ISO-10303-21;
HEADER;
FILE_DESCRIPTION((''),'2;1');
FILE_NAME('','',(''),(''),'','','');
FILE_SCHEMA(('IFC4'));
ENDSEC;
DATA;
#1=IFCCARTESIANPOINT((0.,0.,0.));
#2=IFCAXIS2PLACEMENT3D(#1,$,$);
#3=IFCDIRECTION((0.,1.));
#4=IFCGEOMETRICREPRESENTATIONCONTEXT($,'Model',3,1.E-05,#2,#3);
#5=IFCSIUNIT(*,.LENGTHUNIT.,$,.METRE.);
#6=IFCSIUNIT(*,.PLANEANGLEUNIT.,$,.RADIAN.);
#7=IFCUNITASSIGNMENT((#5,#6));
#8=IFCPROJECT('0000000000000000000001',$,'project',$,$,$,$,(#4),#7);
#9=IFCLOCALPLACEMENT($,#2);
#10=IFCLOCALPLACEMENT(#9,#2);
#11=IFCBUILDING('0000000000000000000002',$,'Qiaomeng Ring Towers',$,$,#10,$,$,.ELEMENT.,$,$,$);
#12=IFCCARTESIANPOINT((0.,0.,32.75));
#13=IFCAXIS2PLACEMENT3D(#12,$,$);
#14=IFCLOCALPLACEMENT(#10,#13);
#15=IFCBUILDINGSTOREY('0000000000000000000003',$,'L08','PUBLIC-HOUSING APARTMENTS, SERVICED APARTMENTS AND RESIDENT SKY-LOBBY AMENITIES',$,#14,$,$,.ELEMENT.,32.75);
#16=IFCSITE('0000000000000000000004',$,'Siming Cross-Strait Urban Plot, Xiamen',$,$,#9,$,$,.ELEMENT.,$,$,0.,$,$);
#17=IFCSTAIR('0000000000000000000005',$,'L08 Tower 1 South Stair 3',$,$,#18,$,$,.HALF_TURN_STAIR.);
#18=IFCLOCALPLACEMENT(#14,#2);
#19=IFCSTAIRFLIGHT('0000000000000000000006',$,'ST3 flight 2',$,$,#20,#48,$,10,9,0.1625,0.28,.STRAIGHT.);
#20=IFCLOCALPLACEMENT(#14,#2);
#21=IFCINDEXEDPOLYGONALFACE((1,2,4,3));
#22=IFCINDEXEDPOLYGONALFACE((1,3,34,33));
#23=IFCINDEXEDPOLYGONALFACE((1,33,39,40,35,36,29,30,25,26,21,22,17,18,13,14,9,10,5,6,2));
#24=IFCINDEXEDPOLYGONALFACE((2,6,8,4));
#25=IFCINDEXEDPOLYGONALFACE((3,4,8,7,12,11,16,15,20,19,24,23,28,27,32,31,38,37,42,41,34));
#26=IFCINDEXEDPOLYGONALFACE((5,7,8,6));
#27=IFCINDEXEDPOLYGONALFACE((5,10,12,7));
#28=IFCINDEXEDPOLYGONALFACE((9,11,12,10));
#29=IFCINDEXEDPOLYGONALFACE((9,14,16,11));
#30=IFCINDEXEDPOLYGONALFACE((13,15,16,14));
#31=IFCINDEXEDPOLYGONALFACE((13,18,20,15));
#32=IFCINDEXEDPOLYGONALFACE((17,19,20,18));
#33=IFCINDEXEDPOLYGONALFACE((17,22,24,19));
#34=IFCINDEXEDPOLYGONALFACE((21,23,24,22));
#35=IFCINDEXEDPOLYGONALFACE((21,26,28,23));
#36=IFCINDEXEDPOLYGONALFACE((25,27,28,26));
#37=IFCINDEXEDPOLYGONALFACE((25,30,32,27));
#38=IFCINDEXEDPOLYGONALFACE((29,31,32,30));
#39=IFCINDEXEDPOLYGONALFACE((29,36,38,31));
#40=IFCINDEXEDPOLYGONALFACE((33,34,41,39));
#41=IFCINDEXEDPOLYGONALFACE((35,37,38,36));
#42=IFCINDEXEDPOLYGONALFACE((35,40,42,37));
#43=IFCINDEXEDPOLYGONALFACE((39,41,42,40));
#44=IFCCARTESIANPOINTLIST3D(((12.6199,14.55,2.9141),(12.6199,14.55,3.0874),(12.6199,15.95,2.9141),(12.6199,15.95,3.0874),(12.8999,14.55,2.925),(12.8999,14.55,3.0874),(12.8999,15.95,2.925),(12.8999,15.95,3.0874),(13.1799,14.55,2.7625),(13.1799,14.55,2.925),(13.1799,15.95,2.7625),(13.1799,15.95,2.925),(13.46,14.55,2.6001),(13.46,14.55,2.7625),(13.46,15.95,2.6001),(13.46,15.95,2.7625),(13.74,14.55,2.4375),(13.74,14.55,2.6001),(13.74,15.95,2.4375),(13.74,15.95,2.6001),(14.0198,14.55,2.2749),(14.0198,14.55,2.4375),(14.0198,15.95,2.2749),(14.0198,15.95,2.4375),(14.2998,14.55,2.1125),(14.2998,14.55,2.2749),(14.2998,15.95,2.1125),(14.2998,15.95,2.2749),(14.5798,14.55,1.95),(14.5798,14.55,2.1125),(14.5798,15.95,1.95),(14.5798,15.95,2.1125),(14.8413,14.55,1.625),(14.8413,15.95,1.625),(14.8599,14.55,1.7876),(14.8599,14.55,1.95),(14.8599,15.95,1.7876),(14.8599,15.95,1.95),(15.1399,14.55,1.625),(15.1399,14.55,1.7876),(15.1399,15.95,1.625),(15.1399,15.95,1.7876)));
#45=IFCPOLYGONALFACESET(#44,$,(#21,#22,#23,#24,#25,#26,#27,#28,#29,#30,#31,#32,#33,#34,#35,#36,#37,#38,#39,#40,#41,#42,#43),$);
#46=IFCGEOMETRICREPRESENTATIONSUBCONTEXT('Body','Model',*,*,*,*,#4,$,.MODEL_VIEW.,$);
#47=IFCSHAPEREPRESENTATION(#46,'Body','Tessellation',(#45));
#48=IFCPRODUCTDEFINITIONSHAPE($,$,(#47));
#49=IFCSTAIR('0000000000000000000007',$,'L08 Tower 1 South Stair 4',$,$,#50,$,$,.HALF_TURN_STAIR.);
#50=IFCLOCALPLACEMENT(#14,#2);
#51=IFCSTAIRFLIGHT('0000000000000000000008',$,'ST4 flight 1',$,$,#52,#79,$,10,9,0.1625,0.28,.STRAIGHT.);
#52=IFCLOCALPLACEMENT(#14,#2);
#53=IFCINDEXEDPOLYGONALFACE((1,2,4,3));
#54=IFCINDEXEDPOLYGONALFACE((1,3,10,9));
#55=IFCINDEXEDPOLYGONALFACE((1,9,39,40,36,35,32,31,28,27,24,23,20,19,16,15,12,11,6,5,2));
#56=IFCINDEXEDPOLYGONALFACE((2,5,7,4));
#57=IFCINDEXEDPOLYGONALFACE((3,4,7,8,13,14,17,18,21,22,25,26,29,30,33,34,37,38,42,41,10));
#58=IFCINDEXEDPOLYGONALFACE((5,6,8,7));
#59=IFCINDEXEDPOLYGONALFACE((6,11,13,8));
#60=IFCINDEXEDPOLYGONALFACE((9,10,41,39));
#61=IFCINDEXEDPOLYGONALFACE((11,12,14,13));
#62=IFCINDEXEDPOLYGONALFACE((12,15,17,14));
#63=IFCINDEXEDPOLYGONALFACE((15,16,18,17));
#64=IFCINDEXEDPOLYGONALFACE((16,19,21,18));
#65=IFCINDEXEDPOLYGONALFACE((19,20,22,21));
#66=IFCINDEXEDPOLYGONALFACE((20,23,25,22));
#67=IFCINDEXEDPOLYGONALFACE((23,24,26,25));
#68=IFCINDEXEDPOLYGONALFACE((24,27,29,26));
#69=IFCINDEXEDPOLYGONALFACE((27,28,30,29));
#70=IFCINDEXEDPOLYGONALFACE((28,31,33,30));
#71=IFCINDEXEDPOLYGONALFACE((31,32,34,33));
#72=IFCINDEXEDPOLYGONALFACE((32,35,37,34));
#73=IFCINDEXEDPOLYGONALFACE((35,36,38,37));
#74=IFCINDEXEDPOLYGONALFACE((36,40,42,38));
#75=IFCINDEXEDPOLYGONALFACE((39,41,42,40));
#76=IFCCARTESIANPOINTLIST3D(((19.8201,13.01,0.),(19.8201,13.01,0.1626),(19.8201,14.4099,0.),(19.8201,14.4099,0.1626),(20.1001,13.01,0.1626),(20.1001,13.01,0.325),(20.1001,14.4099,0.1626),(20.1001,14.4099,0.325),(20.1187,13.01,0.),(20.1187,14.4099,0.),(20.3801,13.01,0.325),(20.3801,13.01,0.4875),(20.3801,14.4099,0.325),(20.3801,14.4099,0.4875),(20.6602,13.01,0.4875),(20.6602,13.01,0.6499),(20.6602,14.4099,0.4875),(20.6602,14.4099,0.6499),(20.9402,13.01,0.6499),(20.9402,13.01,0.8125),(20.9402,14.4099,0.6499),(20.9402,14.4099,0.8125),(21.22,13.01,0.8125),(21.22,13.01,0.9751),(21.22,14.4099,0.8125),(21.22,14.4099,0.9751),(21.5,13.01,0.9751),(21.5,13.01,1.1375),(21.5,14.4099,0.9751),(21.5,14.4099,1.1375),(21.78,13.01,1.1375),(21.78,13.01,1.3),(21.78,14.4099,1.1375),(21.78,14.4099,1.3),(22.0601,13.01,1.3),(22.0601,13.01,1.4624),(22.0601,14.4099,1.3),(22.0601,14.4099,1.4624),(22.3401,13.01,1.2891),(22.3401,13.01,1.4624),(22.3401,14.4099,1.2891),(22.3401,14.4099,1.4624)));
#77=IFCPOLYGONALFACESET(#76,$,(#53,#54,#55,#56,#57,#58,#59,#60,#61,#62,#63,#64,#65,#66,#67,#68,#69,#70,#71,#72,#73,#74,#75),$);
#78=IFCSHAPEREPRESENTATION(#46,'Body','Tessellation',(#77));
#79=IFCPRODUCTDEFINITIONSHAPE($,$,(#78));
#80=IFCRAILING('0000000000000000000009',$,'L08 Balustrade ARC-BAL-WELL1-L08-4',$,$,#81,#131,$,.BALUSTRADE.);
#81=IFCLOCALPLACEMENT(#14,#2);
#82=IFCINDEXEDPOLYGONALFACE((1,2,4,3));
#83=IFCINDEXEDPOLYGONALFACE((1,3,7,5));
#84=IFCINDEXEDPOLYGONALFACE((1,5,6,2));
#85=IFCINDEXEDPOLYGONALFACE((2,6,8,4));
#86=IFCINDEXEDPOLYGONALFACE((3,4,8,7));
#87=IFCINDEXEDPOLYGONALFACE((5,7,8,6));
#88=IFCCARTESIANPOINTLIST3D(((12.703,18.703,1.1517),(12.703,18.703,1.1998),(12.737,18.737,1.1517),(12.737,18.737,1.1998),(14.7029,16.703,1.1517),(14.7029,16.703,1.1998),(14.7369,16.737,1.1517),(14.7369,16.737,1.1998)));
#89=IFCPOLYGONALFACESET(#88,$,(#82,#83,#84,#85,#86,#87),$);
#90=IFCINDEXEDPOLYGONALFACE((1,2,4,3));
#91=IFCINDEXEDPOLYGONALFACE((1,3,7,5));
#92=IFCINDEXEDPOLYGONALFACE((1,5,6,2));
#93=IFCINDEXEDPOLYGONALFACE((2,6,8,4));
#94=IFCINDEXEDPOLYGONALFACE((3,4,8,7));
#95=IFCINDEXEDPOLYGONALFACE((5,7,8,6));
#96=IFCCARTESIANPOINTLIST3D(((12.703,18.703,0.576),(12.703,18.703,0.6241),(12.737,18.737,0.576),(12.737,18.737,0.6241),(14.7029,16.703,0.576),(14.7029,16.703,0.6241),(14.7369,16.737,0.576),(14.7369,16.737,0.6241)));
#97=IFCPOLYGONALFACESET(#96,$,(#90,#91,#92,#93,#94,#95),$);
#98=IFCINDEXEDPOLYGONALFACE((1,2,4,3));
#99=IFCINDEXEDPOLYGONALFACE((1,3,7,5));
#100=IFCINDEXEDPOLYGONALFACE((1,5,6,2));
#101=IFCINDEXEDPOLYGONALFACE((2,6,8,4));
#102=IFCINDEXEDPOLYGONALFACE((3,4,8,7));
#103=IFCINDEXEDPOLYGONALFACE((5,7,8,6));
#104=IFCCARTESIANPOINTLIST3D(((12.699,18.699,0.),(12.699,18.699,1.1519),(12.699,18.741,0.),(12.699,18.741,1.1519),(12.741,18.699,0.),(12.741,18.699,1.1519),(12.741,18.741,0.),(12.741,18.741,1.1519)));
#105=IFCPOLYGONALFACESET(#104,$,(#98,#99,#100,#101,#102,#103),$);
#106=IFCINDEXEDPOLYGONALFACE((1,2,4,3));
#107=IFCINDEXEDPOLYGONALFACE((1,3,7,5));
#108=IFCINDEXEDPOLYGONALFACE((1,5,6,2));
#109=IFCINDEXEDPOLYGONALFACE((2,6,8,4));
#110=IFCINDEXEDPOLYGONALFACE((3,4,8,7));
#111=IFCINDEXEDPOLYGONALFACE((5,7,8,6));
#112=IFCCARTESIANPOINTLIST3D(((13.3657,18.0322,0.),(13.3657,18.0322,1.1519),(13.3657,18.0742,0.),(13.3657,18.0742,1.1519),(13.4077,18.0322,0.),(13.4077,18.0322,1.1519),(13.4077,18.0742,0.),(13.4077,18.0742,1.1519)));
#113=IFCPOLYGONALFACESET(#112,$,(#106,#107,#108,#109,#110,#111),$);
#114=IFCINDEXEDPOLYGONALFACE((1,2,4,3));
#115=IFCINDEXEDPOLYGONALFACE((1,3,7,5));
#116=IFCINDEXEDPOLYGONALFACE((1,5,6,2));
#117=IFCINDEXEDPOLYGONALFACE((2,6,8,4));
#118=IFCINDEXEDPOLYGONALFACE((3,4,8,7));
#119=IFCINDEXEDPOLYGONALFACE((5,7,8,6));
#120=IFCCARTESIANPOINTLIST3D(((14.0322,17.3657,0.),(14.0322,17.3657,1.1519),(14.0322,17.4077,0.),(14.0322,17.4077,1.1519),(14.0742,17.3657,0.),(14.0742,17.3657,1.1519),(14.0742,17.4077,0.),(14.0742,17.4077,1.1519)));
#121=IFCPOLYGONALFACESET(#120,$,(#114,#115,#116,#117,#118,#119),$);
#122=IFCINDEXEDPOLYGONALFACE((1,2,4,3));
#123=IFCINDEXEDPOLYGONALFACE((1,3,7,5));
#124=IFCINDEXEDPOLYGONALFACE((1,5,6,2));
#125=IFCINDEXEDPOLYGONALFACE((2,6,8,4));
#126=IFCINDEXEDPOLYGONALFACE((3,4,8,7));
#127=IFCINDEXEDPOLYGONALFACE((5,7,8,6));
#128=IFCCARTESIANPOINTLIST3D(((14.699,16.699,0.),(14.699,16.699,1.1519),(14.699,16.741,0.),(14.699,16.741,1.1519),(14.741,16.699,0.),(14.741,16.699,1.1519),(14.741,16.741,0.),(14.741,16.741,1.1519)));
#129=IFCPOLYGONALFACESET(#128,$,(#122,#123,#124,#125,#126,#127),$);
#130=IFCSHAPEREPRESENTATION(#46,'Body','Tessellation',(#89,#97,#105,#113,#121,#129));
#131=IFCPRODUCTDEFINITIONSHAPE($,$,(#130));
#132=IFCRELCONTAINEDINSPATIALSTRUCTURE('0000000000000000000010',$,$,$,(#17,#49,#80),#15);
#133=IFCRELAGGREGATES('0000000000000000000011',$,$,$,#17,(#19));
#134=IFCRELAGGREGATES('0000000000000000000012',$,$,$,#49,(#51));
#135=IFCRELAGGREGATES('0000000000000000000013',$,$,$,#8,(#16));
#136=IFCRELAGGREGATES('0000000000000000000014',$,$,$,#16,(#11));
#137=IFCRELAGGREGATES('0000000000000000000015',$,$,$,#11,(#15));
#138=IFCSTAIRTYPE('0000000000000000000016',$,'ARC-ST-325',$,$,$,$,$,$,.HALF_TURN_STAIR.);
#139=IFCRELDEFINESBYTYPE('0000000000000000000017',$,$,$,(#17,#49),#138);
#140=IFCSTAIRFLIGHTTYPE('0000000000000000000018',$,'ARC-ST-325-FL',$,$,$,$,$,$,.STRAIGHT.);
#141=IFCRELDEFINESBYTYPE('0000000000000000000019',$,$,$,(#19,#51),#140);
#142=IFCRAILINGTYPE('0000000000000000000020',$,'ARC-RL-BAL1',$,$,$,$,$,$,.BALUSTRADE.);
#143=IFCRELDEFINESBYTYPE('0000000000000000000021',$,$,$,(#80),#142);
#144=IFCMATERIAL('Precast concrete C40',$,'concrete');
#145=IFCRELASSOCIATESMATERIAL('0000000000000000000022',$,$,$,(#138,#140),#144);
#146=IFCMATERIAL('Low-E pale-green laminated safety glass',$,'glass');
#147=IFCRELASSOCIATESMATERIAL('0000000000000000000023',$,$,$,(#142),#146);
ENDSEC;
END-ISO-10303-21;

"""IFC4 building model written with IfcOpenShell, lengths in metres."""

from ifc_helpers import new_model, si_unit, direction, frame, origin, origin_2d, place, context, subcontext, project, spatial, polyline, rectangle, outline, extrude, source, transform, mapped, material, type_object, element, aggregate, save


model = new_model("IFC4")

# Units and contexts
model_context = context("Model", 3, precision=1e-05, world=origin(), true_north=direction((0.0, 1.0)))
body_context = subcontext(model_context, "Body", "Model", "MODEL_VIEW")
ifc_project = project(units=[si_unit("LENGTHUNIT", "METRE"), si_unit("PLANEANGLEUNIT", "RADIAN")], contexts=[model_context])

# Site, building, storey
site_placement = place(None, origin())
site = spatial("IfcSite", under=ifc_project, at=site_placement, Name="Siming Cross-Strait Urban Plot, Xiamen", CompositionType="ELEMENT", RefElevation=0.0)
building_placement = place(site_placement, origin())
building = spatial("IfcBuilding", under=site, at=building_placement, Name="Qiaomeng Ring Towers", CompositionType="ELEMENT")
storey_placement = place(building_placement, frame((0.0, 0.0, 32.75)))
storey = spatial("IfcBuildingStorey", under=building, at=storey_placement, Name="L08", Description="PUBLIC-HOUSING APARTMENTS, SERVICED APARTMENTS AND RESIDENT SKY-LOBBY AMENITIES", CompositionType="ELEMENT", Elevation=32.75)

# Stairs, stair flights
ifc_material_1 = material(Name="Precast concrete C40", Category="concrete")
stair_type = type_object("IfcStairType", Name="ARC-ST-325", PredefinedType="HALF_TURN_STAIR", material=ifc_material_1)
stair_1_placement = place(storey_placement, origin())
stair_1 = element("IfcStair", 1, at=stair_1_placement, inside=storey, type_object=stair_type, Name="L08 Tower 1 South Stair 3", PredefinedType="HALF_TURN_STAIR")
stair_flight_type = type_object("IfcStairFlightType", Name="ARC-ST-325-FL", PredefinedType="STRAIGHT", material=ifc_material_1)
shared_shape_1 = source(origin(), body_context, "Body", "SweptSolid", [
    extrude(outline(polyline([(0.0, 0.0), (0.0, 0.1626), (0.28, 0.1626), (0.28, 0.325), (0.5601, 0.325), (0.5601, 0.4875), (0.8401, 0.4875), (0.8401, 0.6499), (1.1201, 0.6499), (1.1201, 0.8125), (1.3999, 0.8125), (1.3999, 0.9751), (1.6799, 0.9751), (1.6799, 1.1375), (1.96, 1.1375), (1.96, 1.3), (2.24, 1.3), (2.24, 1.4624), (2.52, 1.4624), (2.52, 1.625), (2.52, 1.2891), (0.2986, 0.0), (0.0, 0.0)])), frame((0.0, 0.7, 0.0), z_axis=(0.0, -1.0, 0.0), x_axis=(1.0, 0.0, 0.0)), (0.0, 0.0, 1.0), 1.3999),
])
stair_flight_1_placement = place(storey_placement, frame((15.1399, 15.25, 1.625), z_axis=(0.0, 0.0, 1.0), x_axis=(-1.0, 0.0, 0.0)))
stair_flight_1 = element("IfcStairFlight", 2, at=stair_flight_1_placement, type_object=stair_flight_type, Name="ST3 flight 2", NumberOfRisers=10, NumberOfTreads=9, PredefinedType="STRAIGHT", RiserHeight=0.1625, TreadLength=0.28, context=body_context, shape_type="MappedRepresentation", body=[
    mapped(shared_shape_1, transform((0.0, 0.0, 0.0), x_axis=(1.0, 0.0, 0.0), y_axis=(0.0, 1.0, 0.0), z_axis=(0.0, 0.0, 1.0), scale=1.0)),
])
aggregate(stair_1, [stair_flight_1])
stair_2_placement = place(storey_placement, origin())
stair_2 = element("IfcStair", 3, at=stair_2_placement, inside=storey, type_object=stair_type, Name="L08 Tower 1 South Stair 4", PredefinedType="HALF_TURN_STAIR")
stair_flight_2_placement = place(storey_placement, frame((19.8201, 13.71, 0.0), z_axis=(0.0, 0.0, 1.0), x_axis=(1.0, 0.0, 0.0)))
stair_flight_2 = element("IfcStairFlight", 4, at=stair_flight_2_placement, type_object=stair_flight_type, Name="ST4 flight 1", NumberOfRisers=10, NumberOfTreads=9, PredefinedType="STRAIGHT", RiserHeight=0.1625, TreadLength=0.28, context=body_context, shape_type="MappedRepresentation", body=[
    mapped(shared_shape_1, transform((0.0, 0.0, 0.0), x_axis=(1.0, 0.0, 0.0), y_axis=(0.0, 1.0, 0.0), z_axis=(0.0, 0.0, 1.0), scale=1.0)),
])
aggregate(stair_2, [stair_flight_2])

# Railing
ifc_material_2 = material(Name="Low-E pale-green laminated safety glass", Category="glass")
railing_type_1 = type_object("IfcRailingType", Name="ARC-RL-BAL1", PredefinedType="BALUSTRADE", material=ifc_material_2)
railing_1_placement = place(storey_placement, frame((12.72, 18.72, 0.0)))
element("IfcRailing", 5, at=railing_1_placement, inside=storey, type_object=railing_type_1, Name="L08 Balustrade ARC-BAL-WELL1-L08-4", PredefinedType="BALUSTRADE", context=body_context, shape_type="SweptSolid", body=[
    extrude(rectangle(XDim=0.0481, YDim=0.0481, at=origin_2d()), frame((0.0, 0.0, 1.1758), z_axis=(0.707107, -0.707107, 0.0), x_axis=(0.707107, 0.707107, 0.0)), (0.0, 0.0, 1.0), 2.8284),
    extrude(rectangle(XDim=0.0481, YDim=0.0481, at=origin_2d()), frame((0.0, 0.0, 0.6001), z_axis=(0.707107, -0.707107, 0.0), x_axis=(0.707107, 0.707107, 0.0)), (0.0, 0.0, 1.0), 2.8284),
    extrude(rectangle(XDim=0.042, YDim=0.042, at=origin_2d()), origin(), (0.0, 0.0, 1.0), 1.1519),
    extrude(rectangle(XDim=0.042, YDim=0.042, at=origin_2d()), frame((0.6667, -0.6667, 0.0)), (0.0, 0.0, 1.0), 1.1519),
    extrude(rectangle(XDim=0.042, YDim=0.042, at=origin_2d()), frame((1.3333, -1.3333, 0.0)), (0.0, 0.0, 1.0), 1.1519),
    extrude(rectangle(XDim=0.042, YDim=0.042, at=origin_2d()), frame((2.0, -2.0, 0.0)), (0.0, 0.0, 1.0), 1.1519),
])

save(model, "model.ifc")
